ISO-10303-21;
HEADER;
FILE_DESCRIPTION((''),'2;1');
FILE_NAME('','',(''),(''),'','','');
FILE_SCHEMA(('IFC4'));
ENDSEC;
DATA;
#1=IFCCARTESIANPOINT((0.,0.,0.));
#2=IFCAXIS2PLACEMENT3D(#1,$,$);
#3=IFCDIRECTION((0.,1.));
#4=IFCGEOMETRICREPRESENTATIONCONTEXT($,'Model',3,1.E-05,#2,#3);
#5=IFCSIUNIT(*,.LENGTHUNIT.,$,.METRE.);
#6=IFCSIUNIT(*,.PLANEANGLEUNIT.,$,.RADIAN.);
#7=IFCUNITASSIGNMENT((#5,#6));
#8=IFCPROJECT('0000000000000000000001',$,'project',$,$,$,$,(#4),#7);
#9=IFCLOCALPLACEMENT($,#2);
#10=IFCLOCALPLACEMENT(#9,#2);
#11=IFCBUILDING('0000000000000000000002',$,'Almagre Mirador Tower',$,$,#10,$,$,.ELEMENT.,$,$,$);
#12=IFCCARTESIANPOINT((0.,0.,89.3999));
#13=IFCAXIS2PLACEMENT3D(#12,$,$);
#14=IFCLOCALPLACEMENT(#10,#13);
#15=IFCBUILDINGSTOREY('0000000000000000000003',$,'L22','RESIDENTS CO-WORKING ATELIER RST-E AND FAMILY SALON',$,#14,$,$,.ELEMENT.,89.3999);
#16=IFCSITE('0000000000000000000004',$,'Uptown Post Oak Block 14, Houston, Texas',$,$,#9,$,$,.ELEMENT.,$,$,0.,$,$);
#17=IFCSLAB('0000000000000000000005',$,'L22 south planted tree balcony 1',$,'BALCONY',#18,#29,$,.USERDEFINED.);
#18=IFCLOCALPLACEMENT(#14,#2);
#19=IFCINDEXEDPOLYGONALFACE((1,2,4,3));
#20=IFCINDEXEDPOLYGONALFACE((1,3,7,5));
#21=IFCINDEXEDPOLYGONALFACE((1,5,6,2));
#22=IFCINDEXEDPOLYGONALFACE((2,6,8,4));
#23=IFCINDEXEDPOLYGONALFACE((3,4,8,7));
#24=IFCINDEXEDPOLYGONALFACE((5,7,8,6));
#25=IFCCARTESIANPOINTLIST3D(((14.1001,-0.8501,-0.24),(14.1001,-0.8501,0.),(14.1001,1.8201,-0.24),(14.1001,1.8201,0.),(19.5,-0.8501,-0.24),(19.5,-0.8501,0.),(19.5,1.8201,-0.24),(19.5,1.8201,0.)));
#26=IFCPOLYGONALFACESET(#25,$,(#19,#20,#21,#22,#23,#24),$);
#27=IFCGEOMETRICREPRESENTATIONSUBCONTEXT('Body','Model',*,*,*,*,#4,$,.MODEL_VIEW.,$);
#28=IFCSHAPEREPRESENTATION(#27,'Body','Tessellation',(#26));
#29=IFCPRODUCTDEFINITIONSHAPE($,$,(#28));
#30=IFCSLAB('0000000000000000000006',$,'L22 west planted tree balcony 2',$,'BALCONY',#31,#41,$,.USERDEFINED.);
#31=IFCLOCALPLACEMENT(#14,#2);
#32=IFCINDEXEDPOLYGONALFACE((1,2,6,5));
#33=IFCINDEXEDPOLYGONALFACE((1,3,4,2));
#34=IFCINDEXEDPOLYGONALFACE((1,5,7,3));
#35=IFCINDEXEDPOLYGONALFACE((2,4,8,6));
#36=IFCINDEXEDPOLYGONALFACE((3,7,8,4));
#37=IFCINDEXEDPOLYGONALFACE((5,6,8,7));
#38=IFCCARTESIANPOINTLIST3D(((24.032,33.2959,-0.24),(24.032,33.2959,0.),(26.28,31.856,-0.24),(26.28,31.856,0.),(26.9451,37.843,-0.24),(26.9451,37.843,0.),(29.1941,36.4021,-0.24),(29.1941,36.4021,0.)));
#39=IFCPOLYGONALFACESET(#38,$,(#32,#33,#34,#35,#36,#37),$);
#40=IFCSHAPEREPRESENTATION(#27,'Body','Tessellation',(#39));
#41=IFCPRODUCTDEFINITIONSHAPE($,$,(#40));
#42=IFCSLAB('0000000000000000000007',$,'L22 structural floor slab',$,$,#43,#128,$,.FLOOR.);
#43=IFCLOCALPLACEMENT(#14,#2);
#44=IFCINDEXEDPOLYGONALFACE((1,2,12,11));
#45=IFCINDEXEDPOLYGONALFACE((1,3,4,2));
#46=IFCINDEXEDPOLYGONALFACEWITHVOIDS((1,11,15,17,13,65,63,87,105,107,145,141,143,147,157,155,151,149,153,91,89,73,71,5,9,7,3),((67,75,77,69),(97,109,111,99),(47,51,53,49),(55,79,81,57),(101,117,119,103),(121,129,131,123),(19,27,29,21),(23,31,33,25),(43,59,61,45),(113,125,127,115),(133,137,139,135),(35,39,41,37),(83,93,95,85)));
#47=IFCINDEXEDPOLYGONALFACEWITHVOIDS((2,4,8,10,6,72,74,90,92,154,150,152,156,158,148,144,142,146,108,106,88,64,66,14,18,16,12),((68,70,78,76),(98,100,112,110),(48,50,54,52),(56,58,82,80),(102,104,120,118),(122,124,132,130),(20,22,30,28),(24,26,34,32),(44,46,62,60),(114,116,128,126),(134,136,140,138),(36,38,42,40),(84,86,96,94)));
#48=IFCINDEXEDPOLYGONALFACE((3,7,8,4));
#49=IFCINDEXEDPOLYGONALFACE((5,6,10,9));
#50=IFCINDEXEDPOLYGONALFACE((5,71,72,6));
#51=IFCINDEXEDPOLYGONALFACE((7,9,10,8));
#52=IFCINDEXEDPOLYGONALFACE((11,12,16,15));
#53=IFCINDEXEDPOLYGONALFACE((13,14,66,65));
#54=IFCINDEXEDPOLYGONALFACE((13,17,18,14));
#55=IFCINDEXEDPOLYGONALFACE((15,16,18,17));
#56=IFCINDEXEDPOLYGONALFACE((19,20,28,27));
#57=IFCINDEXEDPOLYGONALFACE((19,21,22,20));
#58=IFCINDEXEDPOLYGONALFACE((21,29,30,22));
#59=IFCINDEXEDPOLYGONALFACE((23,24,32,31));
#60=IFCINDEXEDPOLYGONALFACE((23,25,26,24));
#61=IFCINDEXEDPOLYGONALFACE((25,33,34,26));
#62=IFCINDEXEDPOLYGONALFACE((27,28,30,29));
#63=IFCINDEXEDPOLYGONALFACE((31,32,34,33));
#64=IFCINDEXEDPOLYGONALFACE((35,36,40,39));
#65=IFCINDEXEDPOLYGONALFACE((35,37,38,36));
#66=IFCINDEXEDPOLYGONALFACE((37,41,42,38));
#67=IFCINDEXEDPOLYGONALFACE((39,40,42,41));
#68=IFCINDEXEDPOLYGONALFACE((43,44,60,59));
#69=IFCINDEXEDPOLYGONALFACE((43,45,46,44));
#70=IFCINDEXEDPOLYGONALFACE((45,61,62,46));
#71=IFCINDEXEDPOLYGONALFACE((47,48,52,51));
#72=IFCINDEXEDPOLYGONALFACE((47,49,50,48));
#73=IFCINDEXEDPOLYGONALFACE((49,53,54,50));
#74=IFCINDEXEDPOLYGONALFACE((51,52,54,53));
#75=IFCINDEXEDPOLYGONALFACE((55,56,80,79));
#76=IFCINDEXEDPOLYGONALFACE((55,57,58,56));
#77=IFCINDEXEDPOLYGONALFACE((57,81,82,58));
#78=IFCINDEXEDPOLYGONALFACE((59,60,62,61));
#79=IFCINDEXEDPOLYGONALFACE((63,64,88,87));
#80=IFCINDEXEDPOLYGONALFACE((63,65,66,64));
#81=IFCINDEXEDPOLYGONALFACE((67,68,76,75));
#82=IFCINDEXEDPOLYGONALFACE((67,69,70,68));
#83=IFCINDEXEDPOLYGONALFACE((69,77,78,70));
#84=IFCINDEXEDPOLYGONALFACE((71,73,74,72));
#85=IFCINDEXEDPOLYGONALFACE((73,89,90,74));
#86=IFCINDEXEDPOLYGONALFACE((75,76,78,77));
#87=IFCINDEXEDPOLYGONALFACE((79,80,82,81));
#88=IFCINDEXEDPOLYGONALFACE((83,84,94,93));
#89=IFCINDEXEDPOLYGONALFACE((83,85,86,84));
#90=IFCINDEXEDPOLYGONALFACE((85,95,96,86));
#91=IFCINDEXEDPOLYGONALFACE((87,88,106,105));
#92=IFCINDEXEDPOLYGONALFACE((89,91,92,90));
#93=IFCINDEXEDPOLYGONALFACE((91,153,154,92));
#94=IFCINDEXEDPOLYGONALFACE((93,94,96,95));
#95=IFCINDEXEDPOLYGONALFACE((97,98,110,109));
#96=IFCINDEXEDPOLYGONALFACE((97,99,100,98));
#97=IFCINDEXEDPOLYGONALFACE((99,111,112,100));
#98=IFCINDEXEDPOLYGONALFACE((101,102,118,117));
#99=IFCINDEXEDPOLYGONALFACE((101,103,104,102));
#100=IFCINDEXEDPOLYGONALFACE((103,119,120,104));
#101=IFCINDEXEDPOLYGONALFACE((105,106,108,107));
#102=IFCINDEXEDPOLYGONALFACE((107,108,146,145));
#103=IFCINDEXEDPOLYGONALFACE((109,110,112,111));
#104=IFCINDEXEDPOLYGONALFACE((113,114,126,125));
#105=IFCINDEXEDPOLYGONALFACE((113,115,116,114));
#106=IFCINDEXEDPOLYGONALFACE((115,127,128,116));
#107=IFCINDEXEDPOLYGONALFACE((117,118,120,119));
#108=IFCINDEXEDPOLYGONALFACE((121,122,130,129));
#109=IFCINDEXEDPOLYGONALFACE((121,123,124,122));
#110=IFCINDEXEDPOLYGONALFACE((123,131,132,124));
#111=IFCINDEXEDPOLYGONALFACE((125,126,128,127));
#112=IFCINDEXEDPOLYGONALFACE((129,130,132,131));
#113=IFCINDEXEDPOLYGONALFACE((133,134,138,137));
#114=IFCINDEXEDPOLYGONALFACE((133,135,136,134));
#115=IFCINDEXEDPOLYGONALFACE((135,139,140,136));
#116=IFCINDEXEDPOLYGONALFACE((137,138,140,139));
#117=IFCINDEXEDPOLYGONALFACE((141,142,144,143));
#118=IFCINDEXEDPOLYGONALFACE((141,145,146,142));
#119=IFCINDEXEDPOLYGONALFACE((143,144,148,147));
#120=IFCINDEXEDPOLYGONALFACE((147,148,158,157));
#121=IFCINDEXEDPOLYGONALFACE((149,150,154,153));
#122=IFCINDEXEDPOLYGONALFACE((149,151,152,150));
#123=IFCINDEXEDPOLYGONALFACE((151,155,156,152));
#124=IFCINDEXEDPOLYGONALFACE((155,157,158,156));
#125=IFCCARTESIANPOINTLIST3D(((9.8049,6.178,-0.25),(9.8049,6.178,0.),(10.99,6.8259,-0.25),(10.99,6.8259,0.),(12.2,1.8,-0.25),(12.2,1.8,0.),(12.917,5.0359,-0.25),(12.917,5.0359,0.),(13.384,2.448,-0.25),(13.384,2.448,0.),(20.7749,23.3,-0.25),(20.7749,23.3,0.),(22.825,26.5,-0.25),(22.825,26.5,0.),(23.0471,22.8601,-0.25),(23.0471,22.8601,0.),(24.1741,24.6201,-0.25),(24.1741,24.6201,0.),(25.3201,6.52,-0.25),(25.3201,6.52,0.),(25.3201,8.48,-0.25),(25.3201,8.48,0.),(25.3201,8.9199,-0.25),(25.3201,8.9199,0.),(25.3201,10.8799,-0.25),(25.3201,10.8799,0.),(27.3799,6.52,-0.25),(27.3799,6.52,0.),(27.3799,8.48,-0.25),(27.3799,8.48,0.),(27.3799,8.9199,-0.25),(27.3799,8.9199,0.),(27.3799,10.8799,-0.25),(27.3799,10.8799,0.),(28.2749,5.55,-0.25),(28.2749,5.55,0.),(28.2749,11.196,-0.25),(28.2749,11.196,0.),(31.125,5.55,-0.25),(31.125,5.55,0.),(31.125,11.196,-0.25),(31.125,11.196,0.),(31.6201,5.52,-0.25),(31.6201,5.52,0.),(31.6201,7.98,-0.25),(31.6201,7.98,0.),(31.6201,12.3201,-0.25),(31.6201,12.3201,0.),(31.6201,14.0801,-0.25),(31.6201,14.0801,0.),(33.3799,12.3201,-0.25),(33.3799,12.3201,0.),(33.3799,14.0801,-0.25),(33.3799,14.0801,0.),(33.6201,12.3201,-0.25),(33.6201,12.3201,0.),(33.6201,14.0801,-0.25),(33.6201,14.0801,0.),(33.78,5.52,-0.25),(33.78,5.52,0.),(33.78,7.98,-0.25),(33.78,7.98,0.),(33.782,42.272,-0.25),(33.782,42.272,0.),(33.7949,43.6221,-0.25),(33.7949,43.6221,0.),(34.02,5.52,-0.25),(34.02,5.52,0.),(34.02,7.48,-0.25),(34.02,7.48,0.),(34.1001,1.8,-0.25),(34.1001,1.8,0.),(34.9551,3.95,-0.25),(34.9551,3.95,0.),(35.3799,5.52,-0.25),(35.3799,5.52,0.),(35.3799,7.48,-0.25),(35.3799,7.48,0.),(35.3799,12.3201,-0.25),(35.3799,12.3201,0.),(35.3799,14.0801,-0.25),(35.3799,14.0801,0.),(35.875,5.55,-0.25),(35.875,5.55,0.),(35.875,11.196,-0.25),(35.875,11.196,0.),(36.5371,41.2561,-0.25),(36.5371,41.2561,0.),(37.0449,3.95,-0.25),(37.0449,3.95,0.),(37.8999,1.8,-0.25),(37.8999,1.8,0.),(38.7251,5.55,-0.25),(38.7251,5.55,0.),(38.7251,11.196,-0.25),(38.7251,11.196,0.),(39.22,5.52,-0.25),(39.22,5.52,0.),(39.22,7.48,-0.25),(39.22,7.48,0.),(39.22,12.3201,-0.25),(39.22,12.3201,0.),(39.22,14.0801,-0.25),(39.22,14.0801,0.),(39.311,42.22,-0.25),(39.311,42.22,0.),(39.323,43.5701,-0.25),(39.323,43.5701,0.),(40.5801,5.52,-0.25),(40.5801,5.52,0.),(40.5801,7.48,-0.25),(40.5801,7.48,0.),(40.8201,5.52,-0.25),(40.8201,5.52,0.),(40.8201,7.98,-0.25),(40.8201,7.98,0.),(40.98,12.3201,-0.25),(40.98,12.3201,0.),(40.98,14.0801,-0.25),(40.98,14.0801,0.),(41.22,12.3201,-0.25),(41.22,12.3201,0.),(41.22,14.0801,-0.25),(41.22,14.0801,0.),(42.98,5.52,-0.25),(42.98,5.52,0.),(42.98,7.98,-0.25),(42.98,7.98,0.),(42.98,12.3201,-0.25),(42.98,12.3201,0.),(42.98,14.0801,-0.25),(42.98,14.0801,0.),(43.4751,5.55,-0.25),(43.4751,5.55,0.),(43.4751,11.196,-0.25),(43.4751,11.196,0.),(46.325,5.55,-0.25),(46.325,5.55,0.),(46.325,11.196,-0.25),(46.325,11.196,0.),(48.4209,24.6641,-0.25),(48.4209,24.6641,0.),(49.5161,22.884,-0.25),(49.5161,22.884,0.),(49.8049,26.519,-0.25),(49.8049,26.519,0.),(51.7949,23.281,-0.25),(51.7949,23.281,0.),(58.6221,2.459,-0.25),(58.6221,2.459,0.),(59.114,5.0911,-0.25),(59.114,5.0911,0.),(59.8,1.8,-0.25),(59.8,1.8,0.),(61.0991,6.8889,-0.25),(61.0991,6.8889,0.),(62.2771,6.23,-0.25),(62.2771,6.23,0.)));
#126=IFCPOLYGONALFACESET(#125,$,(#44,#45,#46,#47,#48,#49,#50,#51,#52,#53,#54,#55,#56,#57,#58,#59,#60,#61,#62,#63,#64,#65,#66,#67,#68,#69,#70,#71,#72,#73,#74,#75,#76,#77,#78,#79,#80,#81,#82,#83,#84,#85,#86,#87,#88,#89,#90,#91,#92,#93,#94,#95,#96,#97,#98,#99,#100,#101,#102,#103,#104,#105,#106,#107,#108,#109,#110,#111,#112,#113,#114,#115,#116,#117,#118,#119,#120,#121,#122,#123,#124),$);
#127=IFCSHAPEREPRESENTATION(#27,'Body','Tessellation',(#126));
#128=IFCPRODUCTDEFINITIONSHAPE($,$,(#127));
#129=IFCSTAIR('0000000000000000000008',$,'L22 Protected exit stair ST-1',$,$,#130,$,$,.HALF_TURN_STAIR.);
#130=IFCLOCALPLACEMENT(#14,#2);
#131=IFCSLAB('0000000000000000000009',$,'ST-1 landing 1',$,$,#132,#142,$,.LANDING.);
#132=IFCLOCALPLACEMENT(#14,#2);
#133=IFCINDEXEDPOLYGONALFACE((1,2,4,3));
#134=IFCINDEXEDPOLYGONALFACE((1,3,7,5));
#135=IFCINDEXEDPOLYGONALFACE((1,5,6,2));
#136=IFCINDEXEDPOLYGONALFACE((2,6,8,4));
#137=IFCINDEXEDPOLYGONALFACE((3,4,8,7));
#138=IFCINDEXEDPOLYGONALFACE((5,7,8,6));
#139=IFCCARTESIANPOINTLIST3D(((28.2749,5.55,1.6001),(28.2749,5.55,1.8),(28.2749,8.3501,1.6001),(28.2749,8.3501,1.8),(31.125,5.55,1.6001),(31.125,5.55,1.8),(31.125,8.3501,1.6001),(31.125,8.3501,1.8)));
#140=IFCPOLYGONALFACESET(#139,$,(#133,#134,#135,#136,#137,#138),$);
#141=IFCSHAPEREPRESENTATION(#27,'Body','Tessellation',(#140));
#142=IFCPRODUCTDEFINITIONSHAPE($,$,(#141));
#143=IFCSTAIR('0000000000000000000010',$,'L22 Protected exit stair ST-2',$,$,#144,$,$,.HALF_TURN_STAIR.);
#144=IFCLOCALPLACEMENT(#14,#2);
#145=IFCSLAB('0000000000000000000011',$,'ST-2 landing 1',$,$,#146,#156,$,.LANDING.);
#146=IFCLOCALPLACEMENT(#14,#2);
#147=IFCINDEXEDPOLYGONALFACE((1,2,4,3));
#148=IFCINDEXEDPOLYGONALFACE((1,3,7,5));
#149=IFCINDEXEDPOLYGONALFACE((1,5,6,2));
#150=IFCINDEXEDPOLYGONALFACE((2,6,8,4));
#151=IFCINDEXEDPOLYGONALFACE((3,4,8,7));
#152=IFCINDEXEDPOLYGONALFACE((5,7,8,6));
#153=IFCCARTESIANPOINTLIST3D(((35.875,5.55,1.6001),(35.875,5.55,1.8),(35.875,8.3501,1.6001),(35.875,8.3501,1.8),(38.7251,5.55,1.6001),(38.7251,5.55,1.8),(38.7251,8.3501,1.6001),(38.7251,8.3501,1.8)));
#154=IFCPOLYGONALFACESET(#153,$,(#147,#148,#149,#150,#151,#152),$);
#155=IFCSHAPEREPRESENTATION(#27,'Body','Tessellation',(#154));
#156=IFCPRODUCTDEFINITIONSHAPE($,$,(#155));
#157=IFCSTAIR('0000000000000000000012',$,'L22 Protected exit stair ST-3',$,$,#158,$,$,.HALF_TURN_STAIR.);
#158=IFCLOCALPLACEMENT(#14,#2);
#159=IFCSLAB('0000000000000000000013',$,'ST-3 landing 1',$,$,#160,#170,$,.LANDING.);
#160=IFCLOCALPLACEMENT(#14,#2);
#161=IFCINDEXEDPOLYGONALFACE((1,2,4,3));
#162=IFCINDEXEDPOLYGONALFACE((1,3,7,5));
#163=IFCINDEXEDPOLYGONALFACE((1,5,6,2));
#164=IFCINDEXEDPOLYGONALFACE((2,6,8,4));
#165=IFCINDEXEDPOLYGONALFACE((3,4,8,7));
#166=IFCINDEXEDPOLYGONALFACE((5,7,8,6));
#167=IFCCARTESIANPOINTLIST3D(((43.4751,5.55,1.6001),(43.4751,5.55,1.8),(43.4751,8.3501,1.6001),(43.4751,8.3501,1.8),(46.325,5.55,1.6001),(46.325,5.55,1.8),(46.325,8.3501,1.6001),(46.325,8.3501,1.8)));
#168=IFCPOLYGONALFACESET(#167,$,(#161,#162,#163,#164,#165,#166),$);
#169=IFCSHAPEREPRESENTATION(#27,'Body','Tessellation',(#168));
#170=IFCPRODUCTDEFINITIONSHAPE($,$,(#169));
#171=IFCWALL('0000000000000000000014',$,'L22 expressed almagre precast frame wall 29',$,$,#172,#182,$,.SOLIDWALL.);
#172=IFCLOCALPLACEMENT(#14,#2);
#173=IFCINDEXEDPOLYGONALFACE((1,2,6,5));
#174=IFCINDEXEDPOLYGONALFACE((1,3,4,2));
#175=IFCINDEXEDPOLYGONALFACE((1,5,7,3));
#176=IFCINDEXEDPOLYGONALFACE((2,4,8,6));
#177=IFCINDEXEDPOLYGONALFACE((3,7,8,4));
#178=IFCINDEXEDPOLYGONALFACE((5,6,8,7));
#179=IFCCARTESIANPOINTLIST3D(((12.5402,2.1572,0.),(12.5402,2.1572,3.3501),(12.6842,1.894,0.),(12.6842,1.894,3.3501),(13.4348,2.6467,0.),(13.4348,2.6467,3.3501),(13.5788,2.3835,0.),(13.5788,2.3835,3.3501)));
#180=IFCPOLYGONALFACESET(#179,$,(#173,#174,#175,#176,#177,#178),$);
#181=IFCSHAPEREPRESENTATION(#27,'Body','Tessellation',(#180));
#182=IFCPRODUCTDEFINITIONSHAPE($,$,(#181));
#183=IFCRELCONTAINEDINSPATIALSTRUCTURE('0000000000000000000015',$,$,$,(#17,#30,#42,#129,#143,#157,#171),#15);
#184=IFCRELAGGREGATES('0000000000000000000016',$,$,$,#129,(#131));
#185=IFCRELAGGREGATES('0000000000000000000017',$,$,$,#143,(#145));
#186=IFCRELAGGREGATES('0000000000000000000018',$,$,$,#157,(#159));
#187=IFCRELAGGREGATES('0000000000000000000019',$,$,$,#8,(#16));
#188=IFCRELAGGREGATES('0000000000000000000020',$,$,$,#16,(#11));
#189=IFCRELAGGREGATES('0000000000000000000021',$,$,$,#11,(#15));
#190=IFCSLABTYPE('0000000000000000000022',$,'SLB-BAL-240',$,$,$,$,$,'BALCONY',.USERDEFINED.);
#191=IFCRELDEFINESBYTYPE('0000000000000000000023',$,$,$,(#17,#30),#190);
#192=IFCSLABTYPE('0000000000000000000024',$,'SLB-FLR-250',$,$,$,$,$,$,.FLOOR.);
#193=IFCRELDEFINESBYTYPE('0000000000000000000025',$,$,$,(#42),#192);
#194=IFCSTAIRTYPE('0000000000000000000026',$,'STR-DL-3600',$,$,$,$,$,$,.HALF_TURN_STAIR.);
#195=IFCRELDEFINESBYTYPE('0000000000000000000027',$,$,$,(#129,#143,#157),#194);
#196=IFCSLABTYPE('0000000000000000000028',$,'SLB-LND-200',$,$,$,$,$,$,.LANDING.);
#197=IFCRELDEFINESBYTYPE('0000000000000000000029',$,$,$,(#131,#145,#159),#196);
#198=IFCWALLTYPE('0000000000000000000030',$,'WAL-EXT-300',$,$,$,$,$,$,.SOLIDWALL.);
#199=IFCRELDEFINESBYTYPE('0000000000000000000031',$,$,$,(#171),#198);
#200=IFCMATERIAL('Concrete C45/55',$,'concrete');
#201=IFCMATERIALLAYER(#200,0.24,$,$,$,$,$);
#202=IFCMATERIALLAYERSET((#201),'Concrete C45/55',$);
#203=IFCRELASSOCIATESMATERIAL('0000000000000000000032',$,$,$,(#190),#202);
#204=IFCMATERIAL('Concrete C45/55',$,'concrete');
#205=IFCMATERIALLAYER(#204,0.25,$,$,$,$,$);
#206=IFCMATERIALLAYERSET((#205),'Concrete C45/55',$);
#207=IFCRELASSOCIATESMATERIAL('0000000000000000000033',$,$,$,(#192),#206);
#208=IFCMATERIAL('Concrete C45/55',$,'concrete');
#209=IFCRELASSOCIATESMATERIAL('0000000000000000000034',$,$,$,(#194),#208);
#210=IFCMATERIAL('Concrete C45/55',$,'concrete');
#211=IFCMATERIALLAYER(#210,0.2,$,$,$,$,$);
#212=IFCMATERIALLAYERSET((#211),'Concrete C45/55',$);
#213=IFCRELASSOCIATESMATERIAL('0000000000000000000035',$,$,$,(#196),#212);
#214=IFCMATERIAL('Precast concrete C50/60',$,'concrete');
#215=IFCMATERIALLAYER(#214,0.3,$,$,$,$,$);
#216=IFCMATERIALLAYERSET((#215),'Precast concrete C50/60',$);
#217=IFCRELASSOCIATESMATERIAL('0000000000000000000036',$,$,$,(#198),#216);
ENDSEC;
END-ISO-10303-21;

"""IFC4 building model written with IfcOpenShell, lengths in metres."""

from ifc_helpers import new_model, si_unit, direction, frame, frame_2d, origin, place, context, subcontext, project, spatial, polyline, rectangle, outline, extrude, material, layer, layer_set, type_object, element, aggregate, save


model = new_model("IFC4")

# Units and contexts
model_context = context("Model", 3, precision=1e-05, world=origin(), true_north=direction((0.0, 1.0)))
body_context = subcontext(model_context, "Body", "Model", "MODEL_VIEW")
ifc_project = project(units=[si_unit("LENGTHUNIT", "METRE"), si_unit("PLANEANGLEUNIT", "RADIAN")], contexts=[model_context])

# Site, building, storey
site_placement = place(None, origin())
site = spatial("IfcSite", under=ifc_project, at=site_placement, Name="Uptown Post Oak Block 14, Houston, Texas", CompositionType="ELEMENT", RefElevation=0.0)
building_placement = place(site_placement, origin())
building = spatial("IfcBuilding", under=site, at=building_placement, Name="Almagre Mirador Tower", CompositionType="ELEMENT")
storey_placement = place(building_placement, frame((0.0, 0.0, 89.3999)))
storey = spatial("IfcBuildingStorey", under=building, at=storey_placement, Name="L22", Description="RESIDENTS CO-WORKING ATELIER RST-E AND FAMILY SALON", CompositionType="ELEMENT", Elevation=89.3999)

# Slabs
ifc_material_1 = material(Name="Concrete C45/55", Category="concrete")
ifc_layer_1 = layer(ifc_material_1, 0.24)
ifc_layer_set_1 = layer_set([ifc_layer_1], Name="Concrete C45/55")
slab_type_1 = type_object("IfcSlabType", Name="SLB-BAL-240", ElementType="BALCONY", PredefinedType="USERDEFINED", material=ifc_layer_set_1)
slab_1_placement = place(storey_placement, frame((0.0, 0.0, -0.24)))
element("IfcSlab", 1, at=slab_1_placement, inside=storey, type_object=slab_type_1, Name="L22 south planted tree balcony 1", ObjectType="BALCONY", PredefinedType="USERDEFINED", context=body_context, shape_type="SweptSolid", body=[
    extrude(outline(polyline([(14.1001, 1.8201), (19.5, 1.8201), (19.5, -0.8501), (14.1001, -0.8501), (14.1001, 1.8201)])), origin(), (0.0, 0.0, 1.0), 0.24),
])
slab_2_placement = place(storey_placement, frame((0.0, 0.0, -0.24)))
element("IfcSlab", 2, at=slab_2_placement, inside=storey, type_object=slab_type_1, Name="L22 west planted tree balcony 2", ObjectType="BALCONY", PredefinedType="USERDEFINED", context=body_context, shape_type="SweptSolid", body=[
    extrude(outline(polyline([(29.1941, 36.4021), (26.28, 31.856), (24.032, 33.2959), (26.9451, 37.843), (29.1941, 36.4021)])), origin(), (0.0, 0.0, 1.0), 0.24),
])
ifc_material_2 = material(Name="Concrete C45/55", Category="concrete")
ifc_layer_2 = layer(ifc_material_2, 0.25)
ifc_layer_set_2 = layer_set([ifc_layer_2], Name="Concrete C45/55")
slab_type_2 = type_object("IfcSlabType", Name="SLB-FLR-250", PredefinedType="FLOOR", material=ifc_layer_set_2)
slab_3_placement = place(storey_placement, frame((0.0, 0.0, -0.25)))
element("IfcSlab", 3, at=slab_3_placement, inside=storey, type_object=slab_type_2, Name="L22 structural floor slab", PredefinedType="FLOOR", context=body_context, shape_type="SweptSolid", body=[
    extrude(outline(polyline([(9.8049, 6.178), (10.99, 6.8259), (12.917, 5.0359), (13.384, 2.448), (12.2, 1.8), (34.1001, 1.8), (34.9551, 3.95), (37.0449, 3.95), (37.8999, 1.8), (59.8, 1.8), (58.6221, 2.459), (59.114, 5.0911), (61.0991, 6.8889), (62.2771, 6.23), (51.7949, 23.281), (49.5161, 22.884), (48.4209, 24.6641), (49.8049, 26.519), (39.323, 43.5701), (39.311, 42.22), (36.5371, 41.2561), (33.782, 42.272), (33.7949, 43.6221), (22.825, 26.5), (24.1741, 24.6201), (23.0471, 22.8601), (20.7749, 23.3), (9.8049, 6.178)]), holes=[polyline([(43.4751, 11.196), (46.325, 11.196), (46.325, 5.55), (43.4751, 5.55), (43.4751, 11.196)]), polyline([(40.8201, 5.52), (40.8201, 7.98), (42.98, 7.98), (42.98, 5.52), (40.8201, 5.52)]), polyline([(41.22, 12.3201), (41.22, 14.0801), (42.98, 14.0801), (42.98, 12.3201), (41.22, 12.3201)]), polyline([(39.22, 12.3201), (39.22, 14.0801), (40.98, 14.0801), (40.98, 12.3201), (39.22, 12.3201)]), polyline([(39.22, 5.52), (39.22, 7.48), (40.5801, 7.48), (40.5801, 5.52), (39.22, 5.52)]), polyline([(35.875, 11.196), (38.7251, 11.196), (38.7251, 5.55), (35.875, 5.55), (35.875, 11.196)]), polyline([(35.3799, 5.52), (34.02, 5.52), (34.02, 7.48), (35.3799, 7.48), (35.3799, 5.52)]), polyline([(35.3799, 12.3201), (33.6201, 12.3201), (33.6201, 14.0801), (35.3799, 14.0801), (35.3799, 12.3201)]), polyline([(31.6201, 5.52), (31.6201, 7.98), (33.78, 7.98), (33.78, 5.52), (31.6201, 5.52)]), polyline([(31.6201, 12.3201), (31.6201, 14.0801), (33.3799, 14.0801), (33.3799, 12.3201), (31.6201, 12.3201)]), polyline([(28.2749, 5.55), (28.2749, 11.196), (31.125, 11.196), (31.125, 5.55), (28.2749, 5.55)]), polyline([(25.3201, 6.52), (25.3201, 8.48), (27.3799, 8.48), (27.3799, 6.52), (25.3201, 6.52)]), polyline([(25.3201, 8.9199), (25.3201, 10.8799), (27.3799, 10.8799), (27.3799, 8.9199), (25.3201, 8.9199)])]), origin(), (0.0, 0.0, 1.0), 0.25),
])

# Stairs, slabs
ifc_material_3 = material(Name="Concrete C45/55", Category="concrete")
stair_type = type_object("IfcStairType", Name="STR-DL-3600", PredefinedType="HALF_TURN_STAIR", material=ifc_material_3)
stair_1_placement = place(storey_placement, origin())
stair_1 = element("IfcStair", 4, at=stair_1_placement, inside=storey, type_object=stair_type, Name="L22 Protected exit stair ST-1", PredefinedType="HALF_TURN_STAIR")
ifc_material_4 = material(Name="Concrete C45/55", Category="concrete")
ifc_layer_3 = layer(ifc_material_4, 0.2)
ifc_layer_set_3 = layer_set([ifc_layer_3], Name="Concrete C45/55")
slab_type_3 = type_object("IfcSlabType", Name="SLB-LND-200", PredefinedType="LANDING", material=ifc_layer_set_3)
slab_4_placement = place(storey_placement, frame((0.0, 0.0, 1.6001)))
slab_4 = element("IfcSlab", 5, at=slab_4_placement, type_object=slab_type_3, Name="ST-1 landing 1", PredefinedType="LANDING", context=body_context, shape_type="SweptSolid", body=[
    extrude(outline(polyline([(28.2749, 8.3501), (28.2749, 5.55), (31.125, 5.55), (31.125, 8.3501), (28.2749, 8.3501)])), origin(), (0.0, 0.0, 1.0), 0.2),
])
aggregate(stair_1, [slab_4])
stair_2_placement = place(storey_placement, origin())
stair_2 = element("IfcStair", 6, at=stair_2_placement, inside=storey, type_object=stair_type, Name="L22 Protected exit stair ST-2", PredefinedType="HALF_TURN_STAIR")
slab_5_placement = place(storey_placement, frame((0.0, 0.0, 1.6001)))
slab_5 = element("IfcSlab", 7, at=slab_5_placement, type_object=slab_type_3, Name="ST-2 landing 1", PredefinedType="LANDING", context=body_context, shape_type="SweptSolid", body=[
    extrude(outline(polyline([(35.875, 8.3501), (35.875, 5.55), (38.7251, 5.55), (38.7251, 8.3501), (35.875, 8.3501)])), origin(), (0.0, 0.0, 1.0), 0.2),
])
aggregate(stair_2, [slab_5])
stair_3_placement = place(storey_placement, origin())
stair_3 = element("IfcStair", 8, at=stair_3_placement, inside=storey, type_object=stair_type, Name="L22 Protected exit stair ST-3", PredefinedType="HALF_TURN_STAIR")
slab_6_placement = place(storey_placement, frame((0.0, 0.0, 1.6001)))
slab_6 = element("IfcSlab", 9, at=slab_6_placement, type_object=slab_type_3, Name="ST-3 landing 1", PredefinedType="LANDING", context=body_context, shape_type="SweptSolid", body=[
    extrude(outline(polyline([(43.4751, 8.3501), (43.4751, 5.55), (46.325, 5.55), (46.325, 8.3501), (43.4751, 8.3501)])), origin(), (0.0, 0.0, 1.0), 0.2),
])
aggregate(stair_3, [slab_6])

# Wall
ifc_material_5 = material(Name="Precast concrete C50/60", Category="concrete")
ifc_layer_4 = layer(ifc_material_5, 0.3)
ifc_layer_set_4 = layer_set([ifc_layer_4], Name="Precast concrete C50/60")
wall_type_1 = type_object("IfcWallType", Name="WAL-EXT-300", PredefinedType="SOLIDWALL", material=ifc_layer_set_4)
wall_1_placement = place(storey_placement, frame((12.6123, 2.0256, 0.0), z_axis=(0.0, 0.0, 1.0), x_axis=(0.877245, 0.480043, 0.0)))
element("IfcWall", 10, at=wall_1_placement, inside=storey, type_object=wall_type_1, Name="L22 expressed almagre precast frame wall 29", PredefinedType="SOLIDWALL", context=body_context, shape_type="SweptSolid", body=[
    extrude(rectangle(XDim=1.0198, YDim=0.3, at=frame_2d((0.5098, 0.0))), origin(), (0.0, 0.0, 1.0), 3.3501),
])

save(model, "model.ifc")
